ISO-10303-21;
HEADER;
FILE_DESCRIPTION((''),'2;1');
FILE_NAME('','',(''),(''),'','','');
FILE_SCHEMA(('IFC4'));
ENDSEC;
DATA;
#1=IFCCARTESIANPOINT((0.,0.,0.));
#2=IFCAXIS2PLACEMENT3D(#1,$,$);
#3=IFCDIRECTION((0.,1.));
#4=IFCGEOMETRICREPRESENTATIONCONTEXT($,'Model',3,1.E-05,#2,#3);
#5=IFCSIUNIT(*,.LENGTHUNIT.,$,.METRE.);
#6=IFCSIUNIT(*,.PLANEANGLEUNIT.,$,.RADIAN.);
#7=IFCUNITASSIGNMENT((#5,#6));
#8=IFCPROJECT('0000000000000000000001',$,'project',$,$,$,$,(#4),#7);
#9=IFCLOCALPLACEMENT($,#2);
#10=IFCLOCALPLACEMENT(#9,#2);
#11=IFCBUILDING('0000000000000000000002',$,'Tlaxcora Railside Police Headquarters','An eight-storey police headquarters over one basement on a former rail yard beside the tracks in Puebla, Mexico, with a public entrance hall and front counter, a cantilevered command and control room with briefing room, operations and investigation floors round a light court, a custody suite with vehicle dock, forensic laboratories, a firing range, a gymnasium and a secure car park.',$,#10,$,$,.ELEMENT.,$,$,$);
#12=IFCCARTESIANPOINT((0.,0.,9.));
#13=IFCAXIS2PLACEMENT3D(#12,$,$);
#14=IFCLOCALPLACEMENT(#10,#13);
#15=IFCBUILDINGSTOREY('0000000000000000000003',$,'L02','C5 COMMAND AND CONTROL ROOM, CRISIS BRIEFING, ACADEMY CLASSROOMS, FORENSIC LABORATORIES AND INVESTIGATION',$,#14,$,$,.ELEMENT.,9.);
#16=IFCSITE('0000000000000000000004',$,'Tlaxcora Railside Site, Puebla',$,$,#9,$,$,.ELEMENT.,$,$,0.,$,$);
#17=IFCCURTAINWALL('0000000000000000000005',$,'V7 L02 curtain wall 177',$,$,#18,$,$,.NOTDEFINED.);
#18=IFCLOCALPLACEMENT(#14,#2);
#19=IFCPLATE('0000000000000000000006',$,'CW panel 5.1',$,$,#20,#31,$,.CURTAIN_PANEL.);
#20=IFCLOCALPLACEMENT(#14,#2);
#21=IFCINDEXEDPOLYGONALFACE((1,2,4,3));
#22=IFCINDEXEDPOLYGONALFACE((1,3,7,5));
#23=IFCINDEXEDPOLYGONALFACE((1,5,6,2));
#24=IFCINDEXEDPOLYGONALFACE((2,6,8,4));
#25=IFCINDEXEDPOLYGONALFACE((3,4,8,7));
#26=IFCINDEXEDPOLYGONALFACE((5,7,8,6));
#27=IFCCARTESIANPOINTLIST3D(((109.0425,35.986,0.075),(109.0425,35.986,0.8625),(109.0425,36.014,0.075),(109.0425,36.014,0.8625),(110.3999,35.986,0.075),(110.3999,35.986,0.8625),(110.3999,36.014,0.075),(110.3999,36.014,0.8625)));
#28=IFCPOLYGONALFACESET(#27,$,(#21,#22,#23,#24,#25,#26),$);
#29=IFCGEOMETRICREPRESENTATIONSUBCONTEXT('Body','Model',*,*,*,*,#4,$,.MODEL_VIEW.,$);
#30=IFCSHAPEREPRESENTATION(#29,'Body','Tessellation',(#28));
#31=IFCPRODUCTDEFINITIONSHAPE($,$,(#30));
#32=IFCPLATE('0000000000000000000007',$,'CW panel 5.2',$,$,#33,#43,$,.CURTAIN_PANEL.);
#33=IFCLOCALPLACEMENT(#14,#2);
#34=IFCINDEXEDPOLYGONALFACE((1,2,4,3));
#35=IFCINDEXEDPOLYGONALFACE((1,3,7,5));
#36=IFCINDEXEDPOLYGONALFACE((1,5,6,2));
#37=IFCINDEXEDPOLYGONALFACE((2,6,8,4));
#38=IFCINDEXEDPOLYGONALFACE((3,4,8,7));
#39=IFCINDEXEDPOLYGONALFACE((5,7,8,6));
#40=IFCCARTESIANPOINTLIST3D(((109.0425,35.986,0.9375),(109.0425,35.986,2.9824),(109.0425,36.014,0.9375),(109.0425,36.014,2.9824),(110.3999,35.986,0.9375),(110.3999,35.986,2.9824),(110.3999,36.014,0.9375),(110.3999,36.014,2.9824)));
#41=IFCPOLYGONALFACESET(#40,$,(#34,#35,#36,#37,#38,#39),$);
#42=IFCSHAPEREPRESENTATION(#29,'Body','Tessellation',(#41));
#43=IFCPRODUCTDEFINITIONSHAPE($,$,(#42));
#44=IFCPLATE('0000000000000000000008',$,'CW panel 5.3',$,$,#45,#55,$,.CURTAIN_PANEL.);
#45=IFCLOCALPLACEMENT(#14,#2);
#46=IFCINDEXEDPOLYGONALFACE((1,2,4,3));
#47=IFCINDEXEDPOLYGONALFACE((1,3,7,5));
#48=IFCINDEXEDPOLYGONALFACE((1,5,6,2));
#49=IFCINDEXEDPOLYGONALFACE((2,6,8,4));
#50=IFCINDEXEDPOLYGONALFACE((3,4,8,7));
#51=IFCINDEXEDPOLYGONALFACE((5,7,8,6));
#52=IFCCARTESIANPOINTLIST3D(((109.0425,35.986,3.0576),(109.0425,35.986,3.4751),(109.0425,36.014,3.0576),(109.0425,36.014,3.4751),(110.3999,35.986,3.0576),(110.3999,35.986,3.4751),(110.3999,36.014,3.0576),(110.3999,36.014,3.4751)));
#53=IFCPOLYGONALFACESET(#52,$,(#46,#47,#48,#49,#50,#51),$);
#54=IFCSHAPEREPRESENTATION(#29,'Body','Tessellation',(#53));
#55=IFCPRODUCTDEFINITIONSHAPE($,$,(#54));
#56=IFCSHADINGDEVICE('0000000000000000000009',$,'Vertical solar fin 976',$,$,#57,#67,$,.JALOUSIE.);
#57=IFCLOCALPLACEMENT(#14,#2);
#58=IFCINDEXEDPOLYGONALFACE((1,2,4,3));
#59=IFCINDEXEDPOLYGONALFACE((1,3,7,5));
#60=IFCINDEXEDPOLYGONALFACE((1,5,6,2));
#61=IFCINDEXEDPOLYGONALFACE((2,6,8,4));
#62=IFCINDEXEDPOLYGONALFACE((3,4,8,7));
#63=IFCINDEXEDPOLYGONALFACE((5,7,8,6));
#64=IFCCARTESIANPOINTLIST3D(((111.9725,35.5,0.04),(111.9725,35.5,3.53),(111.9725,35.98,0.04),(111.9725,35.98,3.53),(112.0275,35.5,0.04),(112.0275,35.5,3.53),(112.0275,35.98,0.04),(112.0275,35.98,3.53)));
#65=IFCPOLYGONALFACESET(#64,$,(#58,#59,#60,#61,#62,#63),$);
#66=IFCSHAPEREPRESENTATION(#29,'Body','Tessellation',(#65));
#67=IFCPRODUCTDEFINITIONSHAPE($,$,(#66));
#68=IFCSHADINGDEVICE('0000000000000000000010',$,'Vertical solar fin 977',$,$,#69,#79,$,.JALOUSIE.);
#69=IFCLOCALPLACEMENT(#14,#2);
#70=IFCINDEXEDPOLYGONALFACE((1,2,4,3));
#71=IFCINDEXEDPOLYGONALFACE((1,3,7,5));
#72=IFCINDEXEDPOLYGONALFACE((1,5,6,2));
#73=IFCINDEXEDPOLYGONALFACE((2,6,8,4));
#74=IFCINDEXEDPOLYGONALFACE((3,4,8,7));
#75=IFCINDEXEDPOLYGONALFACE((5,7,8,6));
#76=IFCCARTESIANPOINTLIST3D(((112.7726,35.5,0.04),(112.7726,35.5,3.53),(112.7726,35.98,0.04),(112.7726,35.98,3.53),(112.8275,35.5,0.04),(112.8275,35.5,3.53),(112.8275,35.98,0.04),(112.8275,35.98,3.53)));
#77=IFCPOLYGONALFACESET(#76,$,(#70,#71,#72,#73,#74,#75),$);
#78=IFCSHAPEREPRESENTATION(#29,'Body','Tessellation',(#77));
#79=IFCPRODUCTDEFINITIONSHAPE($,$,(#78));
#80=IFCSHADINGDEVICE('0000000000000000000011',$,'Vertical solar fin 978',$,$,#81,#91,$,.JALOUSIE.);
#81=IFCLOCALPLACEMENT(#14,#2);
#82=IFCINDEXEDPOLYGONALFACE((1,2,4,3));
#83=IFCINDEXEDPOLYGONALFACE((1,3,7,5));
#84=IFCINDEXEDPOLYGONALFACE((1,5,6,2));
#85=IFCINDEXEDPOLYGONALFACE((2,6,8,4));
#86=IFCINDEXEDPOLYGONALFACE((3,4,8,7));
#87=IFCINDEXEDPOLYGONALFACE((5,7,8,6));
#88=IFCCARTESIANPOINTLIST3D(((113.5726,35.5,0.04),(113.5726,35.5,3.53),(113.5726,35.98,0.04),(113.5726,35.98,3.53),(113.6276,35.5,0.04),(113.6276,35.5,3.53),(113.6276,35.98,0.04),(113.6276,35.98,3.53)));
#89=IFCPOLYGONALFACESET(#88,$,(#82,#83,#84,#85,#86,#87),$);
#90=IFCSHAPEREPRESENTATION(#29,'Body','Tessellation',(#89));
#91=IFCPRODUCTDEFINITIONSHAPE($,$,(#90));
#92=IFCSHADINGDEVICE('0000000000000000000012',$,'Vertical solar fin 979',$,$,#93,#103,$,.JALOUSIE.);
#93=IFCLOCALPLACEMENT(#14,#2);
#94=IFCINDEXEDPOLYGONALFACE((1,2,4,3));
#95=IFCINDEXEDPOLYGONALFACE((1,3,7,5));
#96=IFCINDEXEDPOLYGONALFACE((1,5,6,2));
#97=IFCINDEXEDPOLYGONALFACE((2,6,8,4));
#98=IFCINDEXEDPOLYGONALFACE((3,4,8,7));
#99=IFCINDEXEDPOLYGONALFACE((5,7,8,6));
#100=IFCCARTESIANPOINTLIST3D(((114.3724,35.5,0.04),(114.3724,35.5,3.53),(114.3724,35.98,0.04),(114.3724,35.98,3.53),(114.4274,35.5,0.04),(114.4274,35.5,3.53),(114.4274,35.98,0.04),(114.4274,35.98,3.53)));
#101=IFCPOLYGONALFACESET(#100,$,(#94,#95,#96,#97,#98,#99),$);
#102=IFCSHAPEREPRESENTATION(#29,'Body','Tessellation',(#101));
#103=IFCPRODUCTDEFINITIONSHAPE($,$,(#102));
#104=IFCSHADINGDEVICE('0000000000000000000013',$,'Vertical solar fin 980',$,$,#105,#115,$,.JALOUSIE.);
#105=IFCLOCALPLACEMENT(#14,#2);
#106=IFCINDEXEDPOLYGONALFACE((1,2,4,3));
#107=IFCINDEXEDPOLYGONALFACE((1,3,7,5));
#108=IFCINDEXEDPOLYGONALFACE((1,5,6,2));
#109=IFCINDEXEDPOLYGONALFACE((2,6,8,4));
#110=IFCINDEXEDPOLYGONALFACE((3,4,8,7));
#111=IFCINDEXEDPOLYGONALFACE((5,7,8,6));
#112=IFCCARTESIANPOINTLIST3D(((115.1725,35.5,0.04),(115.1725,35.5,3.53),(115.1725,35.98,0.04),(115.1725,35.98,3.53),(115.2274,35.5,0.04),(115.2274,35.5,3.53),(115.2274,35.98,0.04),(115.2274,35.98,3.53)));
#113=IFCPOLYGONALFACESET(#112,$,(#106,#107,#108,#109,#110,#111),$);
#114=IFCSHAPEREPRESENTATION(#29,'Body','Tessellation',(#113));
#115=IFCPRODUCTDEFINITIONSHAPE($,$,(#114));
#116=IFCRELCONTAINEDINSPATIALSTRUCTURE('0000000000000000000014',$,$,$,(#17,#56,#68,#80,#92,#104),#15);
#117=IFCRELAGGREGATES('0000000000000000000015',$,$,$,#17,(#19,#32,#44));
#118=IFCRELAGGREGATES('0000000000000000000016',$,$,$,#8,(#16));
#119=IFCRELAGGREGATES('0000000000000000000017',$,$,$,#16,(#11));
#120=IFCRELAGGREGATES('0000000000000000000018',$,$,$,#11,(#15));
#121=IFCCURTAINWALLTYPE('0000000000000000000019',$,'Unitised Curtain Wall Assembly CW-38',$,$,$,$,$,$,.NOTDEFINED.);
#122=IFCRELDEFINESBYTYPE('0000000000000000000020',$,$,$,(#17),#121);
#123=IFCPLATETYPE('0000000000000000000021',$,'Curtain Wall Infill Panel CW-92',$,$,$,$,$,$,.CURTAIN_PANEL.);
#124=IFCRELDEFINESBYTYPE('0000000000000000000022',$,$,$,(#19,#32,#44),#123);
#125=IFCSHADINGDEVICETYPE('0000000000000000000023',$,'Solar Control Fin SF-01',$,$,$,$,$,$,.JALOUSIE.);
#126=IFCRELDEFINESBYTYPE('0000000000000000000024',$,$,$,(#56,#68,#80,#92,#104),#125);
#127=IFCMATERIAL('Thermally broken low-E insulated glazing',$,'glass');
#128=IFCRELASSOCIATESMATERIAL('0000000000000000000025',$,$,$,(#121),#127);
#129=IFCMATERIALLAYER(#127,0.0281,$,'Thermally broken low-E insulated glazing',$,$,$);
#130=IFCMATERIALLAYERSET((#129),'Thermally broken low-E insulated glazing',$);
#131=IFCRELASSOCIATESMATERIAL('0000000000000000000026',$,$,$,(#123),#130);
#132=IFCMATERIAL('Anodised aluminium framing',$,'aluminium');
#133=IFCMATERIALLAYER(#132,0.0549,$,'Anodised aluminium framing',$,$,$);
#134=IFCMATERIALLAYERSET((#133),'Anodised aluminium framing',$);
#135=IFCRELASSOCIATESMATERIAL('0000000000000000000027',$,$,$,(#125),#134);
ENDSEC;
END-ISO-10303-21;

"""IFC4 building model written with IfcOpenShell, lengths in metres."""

from ifc_helpers import new_model, si_unit, direction, frame, origin, origin_2d, place, context, subcontext, project, spatial, rectangle, extrude, material, layer, layer_set, type_object, element, aggregate, save


model = new_model("IFC4")

# Units and contexts
model_context = context("Model", 3, precision=1e-05, world=origin(), true_north=direction((0.0, 1.0)))
body_context = subcontext(model_context, "Body", "Model", "MODEL_VIEW")
ifc_project = project(units=[si_unit("LENGTHUNIT", "METRE"), si_unit("PLANEANGLEUNIT", "RADIAN")], contexts=[model_context])

# Site, building, storey
site_placement = place(None, origin())
site = spatial("IfcSite", under=ifc_project, at=site_placement, Name="Tlaxcora Railside Site, Puebla", CompositionType="ELEMENT", RefElevation=0.0)
building_placement = place(site_placement, origin())
building = spatial("IfcBuilding", under=site, at=building_placement, Name="Tlaxcora Railside Police Headquarters", Description="An eight-storey police headquarters over one basement on a former rail yard beside the tracks in Puebla, Mexico, with a public entrance hall and front counter, a cantilevered command and control room with briefing room, operations and investigation floors round a light court, a custody suite with vehicle dock, forensic laboratories, a firing range, a gymnasium and a secure car park.", CompositionType="ELEMENT")
storey_placement = place(building_placement, frame((0.0, 0.0, 9.0)))
storey = spatial("IfcBuildingStorey", under=building, at=storey_placement, Name="L02", Description="C5 COMMAND AND CONTROL ROOM, CRISIS BRIEFING, ACADEMY CLASSROOMS, FORENSIC LABORATORIES AND INVESTIGATION", CompositionType="ELEMENT", Elevation=9.0)

# Curtain wall
ifc_material_1 = material(Name="Thermally broken low-E insulated glazing", Category="glass")
curtain_wall_type_1 = type_object("IfcCurtainWallType", Name="Unitised Curtain Wall Assembly CW-38", PredefinedType="NOTDEFINED", material=ifc_material_1)
curtain_wall_1_placement = place(storey_placement, origin())
curtain_wall_1 = element("IfcCurtainWall", 1, at=curtain_wall_1_placement, inside=storey, type_object=curtain_wall_type_1, Name="V7 L02 curtain wall 177", PredefinedType="NOTDEFINED")
ifc_material_2 = material(Name="Anodised aluminium framing", Category="aluminium")

# Plates
ifc_layer_1 = layer(ifc_material_1, 0.0281, Name="Thermally broken low-E insulated glazing")
ifc_layer_set_1 = layer_set([ifc_layer_1], Name="Thermally broken low-E insulated glazing")
plate_type_1 = type_object("IfcPlateType", Name="Curtain Wall Infill Panel CW-92", PredefinedType="CURTAIN_PANEL", material=ifc_layer_set_1)
plate_1_placement = place(storey_placement, frame((109.7212, 36.0, 0.075), z_axis=(0.0, 0.0, 1.0), x_axis=(1.0, 0.0, 0.0)))
plate_1 = element("IfcPlate", 2, at=plate_1_placement, type_object=plate_type_1, Name="CW panel 5.1", PredefinedType="CURTAIN_PANEL", context=body_context, shape_type="SweptSolid", body=[
    extrude(rectangle(XDim=1.3574, YDim=0.0281, at=origin_2d()), origin(), (0.0, 0.0, 1.0), 0.7876),
])
plate_2_placement = place(storey_placement, frame((109.7212, 36.0, 0.9375), z_axis=(0.0, 0.0, 1.0), x_axis=(1.0, 0.0, 0.0)))
plate_2 = element("IfcPlate", 3, at=plate_2_placement, type_object=plate_type_1, Name="CW panel 5.2", PredefinedType="CURTAIN_PANEL", context=body_context, shape_type="SweptSolid", body=[
    extrude(rectangle(XDim=1.3574, YDim=0.0281, at=origin_2d()), origin(), (0.0, 0.0, 1.0), 2.0449),
])
plate_3_placement = place(storey_placement, frame((109.7212, 36.0, 3.0576), z_axis=(0.0, 0.0, 1.0), x_axis=(1.0, 0.0, 0.0)))
plate_3 = element("IfcPlate", 4, at=plate_3_placement, type_object=plate_type_1, Name="CW panel 5.3", PredefinedType="CURTAIN_PANEL", context=body_context, shape_type="SweptSolid", body=[
    extrude(rectangle(XDim=1.3574, YDim=0.0281, at=origin_2d()), origin(), (0.0, 0.0, 1.0), 0.4175),
])
aggregate(curtain_wall_1, [plate_1, plate_2, plate_3])

# Shading devices
ifc_layer_2 = layer(ifc_material_2, 0.0549, Name="Anodised aluminium framing")
ifc_layer_set_2 = layer_set([ifc_layer_2], Name="Anodised aluminium framing")
shading_device_type = type_object("IfcShadingDeviceType", Name="Solar Control Fin SF-01", PredefinedType="JALOUSIE", material=ifc_layer_set_2)
for number, where, z_axis, x_axis, name in (
    (5, (112.0, 35.74, 0.04), (0.0, 0.0, 1.0), (0.0, -1.0, 0.0), "Vertical solar fin 976"),
    (6, (112.8, 35.74, 0.04), (0.0, 0.0, 1.0), (0.0, -1.0, 0.0), "Vertical solar fin 977"),
    (7, (113.6001, 35.74, 0.04), (0.0, 0.0, 1.0), (0.0, -1.0, 0.0), "Vertical solar fin 978"),
    (8, (114.3999, 35.74, 0.04), (0.0, 0.0, 1.0), (0.0, -1.0, 0.0), "Vertical solar fin 979"),
    (9, (115.2, 35.74, 0.04), (0.0, 0.0, 1.0), (0.0, -1.0, 0.0), "Vertical solar fin 980"),
):
    element("IfcShadingDevice", number, at=place(storey_placement, frame(where, z_axis=z_axis, x_axis=x_axis)), inside=storey, type_object=shading_device_type, Name=name, PredefinedType="JALOUSIE", context=body_context, shape_type="SweptSolid", body=[
        extrude(rectangle(XDim=0.48, YDim=0.0549, at=origin_2d()), origin(), (0.0, 0.0, 1.0), 3.49),
    ])

save(model, "model.ifc")
